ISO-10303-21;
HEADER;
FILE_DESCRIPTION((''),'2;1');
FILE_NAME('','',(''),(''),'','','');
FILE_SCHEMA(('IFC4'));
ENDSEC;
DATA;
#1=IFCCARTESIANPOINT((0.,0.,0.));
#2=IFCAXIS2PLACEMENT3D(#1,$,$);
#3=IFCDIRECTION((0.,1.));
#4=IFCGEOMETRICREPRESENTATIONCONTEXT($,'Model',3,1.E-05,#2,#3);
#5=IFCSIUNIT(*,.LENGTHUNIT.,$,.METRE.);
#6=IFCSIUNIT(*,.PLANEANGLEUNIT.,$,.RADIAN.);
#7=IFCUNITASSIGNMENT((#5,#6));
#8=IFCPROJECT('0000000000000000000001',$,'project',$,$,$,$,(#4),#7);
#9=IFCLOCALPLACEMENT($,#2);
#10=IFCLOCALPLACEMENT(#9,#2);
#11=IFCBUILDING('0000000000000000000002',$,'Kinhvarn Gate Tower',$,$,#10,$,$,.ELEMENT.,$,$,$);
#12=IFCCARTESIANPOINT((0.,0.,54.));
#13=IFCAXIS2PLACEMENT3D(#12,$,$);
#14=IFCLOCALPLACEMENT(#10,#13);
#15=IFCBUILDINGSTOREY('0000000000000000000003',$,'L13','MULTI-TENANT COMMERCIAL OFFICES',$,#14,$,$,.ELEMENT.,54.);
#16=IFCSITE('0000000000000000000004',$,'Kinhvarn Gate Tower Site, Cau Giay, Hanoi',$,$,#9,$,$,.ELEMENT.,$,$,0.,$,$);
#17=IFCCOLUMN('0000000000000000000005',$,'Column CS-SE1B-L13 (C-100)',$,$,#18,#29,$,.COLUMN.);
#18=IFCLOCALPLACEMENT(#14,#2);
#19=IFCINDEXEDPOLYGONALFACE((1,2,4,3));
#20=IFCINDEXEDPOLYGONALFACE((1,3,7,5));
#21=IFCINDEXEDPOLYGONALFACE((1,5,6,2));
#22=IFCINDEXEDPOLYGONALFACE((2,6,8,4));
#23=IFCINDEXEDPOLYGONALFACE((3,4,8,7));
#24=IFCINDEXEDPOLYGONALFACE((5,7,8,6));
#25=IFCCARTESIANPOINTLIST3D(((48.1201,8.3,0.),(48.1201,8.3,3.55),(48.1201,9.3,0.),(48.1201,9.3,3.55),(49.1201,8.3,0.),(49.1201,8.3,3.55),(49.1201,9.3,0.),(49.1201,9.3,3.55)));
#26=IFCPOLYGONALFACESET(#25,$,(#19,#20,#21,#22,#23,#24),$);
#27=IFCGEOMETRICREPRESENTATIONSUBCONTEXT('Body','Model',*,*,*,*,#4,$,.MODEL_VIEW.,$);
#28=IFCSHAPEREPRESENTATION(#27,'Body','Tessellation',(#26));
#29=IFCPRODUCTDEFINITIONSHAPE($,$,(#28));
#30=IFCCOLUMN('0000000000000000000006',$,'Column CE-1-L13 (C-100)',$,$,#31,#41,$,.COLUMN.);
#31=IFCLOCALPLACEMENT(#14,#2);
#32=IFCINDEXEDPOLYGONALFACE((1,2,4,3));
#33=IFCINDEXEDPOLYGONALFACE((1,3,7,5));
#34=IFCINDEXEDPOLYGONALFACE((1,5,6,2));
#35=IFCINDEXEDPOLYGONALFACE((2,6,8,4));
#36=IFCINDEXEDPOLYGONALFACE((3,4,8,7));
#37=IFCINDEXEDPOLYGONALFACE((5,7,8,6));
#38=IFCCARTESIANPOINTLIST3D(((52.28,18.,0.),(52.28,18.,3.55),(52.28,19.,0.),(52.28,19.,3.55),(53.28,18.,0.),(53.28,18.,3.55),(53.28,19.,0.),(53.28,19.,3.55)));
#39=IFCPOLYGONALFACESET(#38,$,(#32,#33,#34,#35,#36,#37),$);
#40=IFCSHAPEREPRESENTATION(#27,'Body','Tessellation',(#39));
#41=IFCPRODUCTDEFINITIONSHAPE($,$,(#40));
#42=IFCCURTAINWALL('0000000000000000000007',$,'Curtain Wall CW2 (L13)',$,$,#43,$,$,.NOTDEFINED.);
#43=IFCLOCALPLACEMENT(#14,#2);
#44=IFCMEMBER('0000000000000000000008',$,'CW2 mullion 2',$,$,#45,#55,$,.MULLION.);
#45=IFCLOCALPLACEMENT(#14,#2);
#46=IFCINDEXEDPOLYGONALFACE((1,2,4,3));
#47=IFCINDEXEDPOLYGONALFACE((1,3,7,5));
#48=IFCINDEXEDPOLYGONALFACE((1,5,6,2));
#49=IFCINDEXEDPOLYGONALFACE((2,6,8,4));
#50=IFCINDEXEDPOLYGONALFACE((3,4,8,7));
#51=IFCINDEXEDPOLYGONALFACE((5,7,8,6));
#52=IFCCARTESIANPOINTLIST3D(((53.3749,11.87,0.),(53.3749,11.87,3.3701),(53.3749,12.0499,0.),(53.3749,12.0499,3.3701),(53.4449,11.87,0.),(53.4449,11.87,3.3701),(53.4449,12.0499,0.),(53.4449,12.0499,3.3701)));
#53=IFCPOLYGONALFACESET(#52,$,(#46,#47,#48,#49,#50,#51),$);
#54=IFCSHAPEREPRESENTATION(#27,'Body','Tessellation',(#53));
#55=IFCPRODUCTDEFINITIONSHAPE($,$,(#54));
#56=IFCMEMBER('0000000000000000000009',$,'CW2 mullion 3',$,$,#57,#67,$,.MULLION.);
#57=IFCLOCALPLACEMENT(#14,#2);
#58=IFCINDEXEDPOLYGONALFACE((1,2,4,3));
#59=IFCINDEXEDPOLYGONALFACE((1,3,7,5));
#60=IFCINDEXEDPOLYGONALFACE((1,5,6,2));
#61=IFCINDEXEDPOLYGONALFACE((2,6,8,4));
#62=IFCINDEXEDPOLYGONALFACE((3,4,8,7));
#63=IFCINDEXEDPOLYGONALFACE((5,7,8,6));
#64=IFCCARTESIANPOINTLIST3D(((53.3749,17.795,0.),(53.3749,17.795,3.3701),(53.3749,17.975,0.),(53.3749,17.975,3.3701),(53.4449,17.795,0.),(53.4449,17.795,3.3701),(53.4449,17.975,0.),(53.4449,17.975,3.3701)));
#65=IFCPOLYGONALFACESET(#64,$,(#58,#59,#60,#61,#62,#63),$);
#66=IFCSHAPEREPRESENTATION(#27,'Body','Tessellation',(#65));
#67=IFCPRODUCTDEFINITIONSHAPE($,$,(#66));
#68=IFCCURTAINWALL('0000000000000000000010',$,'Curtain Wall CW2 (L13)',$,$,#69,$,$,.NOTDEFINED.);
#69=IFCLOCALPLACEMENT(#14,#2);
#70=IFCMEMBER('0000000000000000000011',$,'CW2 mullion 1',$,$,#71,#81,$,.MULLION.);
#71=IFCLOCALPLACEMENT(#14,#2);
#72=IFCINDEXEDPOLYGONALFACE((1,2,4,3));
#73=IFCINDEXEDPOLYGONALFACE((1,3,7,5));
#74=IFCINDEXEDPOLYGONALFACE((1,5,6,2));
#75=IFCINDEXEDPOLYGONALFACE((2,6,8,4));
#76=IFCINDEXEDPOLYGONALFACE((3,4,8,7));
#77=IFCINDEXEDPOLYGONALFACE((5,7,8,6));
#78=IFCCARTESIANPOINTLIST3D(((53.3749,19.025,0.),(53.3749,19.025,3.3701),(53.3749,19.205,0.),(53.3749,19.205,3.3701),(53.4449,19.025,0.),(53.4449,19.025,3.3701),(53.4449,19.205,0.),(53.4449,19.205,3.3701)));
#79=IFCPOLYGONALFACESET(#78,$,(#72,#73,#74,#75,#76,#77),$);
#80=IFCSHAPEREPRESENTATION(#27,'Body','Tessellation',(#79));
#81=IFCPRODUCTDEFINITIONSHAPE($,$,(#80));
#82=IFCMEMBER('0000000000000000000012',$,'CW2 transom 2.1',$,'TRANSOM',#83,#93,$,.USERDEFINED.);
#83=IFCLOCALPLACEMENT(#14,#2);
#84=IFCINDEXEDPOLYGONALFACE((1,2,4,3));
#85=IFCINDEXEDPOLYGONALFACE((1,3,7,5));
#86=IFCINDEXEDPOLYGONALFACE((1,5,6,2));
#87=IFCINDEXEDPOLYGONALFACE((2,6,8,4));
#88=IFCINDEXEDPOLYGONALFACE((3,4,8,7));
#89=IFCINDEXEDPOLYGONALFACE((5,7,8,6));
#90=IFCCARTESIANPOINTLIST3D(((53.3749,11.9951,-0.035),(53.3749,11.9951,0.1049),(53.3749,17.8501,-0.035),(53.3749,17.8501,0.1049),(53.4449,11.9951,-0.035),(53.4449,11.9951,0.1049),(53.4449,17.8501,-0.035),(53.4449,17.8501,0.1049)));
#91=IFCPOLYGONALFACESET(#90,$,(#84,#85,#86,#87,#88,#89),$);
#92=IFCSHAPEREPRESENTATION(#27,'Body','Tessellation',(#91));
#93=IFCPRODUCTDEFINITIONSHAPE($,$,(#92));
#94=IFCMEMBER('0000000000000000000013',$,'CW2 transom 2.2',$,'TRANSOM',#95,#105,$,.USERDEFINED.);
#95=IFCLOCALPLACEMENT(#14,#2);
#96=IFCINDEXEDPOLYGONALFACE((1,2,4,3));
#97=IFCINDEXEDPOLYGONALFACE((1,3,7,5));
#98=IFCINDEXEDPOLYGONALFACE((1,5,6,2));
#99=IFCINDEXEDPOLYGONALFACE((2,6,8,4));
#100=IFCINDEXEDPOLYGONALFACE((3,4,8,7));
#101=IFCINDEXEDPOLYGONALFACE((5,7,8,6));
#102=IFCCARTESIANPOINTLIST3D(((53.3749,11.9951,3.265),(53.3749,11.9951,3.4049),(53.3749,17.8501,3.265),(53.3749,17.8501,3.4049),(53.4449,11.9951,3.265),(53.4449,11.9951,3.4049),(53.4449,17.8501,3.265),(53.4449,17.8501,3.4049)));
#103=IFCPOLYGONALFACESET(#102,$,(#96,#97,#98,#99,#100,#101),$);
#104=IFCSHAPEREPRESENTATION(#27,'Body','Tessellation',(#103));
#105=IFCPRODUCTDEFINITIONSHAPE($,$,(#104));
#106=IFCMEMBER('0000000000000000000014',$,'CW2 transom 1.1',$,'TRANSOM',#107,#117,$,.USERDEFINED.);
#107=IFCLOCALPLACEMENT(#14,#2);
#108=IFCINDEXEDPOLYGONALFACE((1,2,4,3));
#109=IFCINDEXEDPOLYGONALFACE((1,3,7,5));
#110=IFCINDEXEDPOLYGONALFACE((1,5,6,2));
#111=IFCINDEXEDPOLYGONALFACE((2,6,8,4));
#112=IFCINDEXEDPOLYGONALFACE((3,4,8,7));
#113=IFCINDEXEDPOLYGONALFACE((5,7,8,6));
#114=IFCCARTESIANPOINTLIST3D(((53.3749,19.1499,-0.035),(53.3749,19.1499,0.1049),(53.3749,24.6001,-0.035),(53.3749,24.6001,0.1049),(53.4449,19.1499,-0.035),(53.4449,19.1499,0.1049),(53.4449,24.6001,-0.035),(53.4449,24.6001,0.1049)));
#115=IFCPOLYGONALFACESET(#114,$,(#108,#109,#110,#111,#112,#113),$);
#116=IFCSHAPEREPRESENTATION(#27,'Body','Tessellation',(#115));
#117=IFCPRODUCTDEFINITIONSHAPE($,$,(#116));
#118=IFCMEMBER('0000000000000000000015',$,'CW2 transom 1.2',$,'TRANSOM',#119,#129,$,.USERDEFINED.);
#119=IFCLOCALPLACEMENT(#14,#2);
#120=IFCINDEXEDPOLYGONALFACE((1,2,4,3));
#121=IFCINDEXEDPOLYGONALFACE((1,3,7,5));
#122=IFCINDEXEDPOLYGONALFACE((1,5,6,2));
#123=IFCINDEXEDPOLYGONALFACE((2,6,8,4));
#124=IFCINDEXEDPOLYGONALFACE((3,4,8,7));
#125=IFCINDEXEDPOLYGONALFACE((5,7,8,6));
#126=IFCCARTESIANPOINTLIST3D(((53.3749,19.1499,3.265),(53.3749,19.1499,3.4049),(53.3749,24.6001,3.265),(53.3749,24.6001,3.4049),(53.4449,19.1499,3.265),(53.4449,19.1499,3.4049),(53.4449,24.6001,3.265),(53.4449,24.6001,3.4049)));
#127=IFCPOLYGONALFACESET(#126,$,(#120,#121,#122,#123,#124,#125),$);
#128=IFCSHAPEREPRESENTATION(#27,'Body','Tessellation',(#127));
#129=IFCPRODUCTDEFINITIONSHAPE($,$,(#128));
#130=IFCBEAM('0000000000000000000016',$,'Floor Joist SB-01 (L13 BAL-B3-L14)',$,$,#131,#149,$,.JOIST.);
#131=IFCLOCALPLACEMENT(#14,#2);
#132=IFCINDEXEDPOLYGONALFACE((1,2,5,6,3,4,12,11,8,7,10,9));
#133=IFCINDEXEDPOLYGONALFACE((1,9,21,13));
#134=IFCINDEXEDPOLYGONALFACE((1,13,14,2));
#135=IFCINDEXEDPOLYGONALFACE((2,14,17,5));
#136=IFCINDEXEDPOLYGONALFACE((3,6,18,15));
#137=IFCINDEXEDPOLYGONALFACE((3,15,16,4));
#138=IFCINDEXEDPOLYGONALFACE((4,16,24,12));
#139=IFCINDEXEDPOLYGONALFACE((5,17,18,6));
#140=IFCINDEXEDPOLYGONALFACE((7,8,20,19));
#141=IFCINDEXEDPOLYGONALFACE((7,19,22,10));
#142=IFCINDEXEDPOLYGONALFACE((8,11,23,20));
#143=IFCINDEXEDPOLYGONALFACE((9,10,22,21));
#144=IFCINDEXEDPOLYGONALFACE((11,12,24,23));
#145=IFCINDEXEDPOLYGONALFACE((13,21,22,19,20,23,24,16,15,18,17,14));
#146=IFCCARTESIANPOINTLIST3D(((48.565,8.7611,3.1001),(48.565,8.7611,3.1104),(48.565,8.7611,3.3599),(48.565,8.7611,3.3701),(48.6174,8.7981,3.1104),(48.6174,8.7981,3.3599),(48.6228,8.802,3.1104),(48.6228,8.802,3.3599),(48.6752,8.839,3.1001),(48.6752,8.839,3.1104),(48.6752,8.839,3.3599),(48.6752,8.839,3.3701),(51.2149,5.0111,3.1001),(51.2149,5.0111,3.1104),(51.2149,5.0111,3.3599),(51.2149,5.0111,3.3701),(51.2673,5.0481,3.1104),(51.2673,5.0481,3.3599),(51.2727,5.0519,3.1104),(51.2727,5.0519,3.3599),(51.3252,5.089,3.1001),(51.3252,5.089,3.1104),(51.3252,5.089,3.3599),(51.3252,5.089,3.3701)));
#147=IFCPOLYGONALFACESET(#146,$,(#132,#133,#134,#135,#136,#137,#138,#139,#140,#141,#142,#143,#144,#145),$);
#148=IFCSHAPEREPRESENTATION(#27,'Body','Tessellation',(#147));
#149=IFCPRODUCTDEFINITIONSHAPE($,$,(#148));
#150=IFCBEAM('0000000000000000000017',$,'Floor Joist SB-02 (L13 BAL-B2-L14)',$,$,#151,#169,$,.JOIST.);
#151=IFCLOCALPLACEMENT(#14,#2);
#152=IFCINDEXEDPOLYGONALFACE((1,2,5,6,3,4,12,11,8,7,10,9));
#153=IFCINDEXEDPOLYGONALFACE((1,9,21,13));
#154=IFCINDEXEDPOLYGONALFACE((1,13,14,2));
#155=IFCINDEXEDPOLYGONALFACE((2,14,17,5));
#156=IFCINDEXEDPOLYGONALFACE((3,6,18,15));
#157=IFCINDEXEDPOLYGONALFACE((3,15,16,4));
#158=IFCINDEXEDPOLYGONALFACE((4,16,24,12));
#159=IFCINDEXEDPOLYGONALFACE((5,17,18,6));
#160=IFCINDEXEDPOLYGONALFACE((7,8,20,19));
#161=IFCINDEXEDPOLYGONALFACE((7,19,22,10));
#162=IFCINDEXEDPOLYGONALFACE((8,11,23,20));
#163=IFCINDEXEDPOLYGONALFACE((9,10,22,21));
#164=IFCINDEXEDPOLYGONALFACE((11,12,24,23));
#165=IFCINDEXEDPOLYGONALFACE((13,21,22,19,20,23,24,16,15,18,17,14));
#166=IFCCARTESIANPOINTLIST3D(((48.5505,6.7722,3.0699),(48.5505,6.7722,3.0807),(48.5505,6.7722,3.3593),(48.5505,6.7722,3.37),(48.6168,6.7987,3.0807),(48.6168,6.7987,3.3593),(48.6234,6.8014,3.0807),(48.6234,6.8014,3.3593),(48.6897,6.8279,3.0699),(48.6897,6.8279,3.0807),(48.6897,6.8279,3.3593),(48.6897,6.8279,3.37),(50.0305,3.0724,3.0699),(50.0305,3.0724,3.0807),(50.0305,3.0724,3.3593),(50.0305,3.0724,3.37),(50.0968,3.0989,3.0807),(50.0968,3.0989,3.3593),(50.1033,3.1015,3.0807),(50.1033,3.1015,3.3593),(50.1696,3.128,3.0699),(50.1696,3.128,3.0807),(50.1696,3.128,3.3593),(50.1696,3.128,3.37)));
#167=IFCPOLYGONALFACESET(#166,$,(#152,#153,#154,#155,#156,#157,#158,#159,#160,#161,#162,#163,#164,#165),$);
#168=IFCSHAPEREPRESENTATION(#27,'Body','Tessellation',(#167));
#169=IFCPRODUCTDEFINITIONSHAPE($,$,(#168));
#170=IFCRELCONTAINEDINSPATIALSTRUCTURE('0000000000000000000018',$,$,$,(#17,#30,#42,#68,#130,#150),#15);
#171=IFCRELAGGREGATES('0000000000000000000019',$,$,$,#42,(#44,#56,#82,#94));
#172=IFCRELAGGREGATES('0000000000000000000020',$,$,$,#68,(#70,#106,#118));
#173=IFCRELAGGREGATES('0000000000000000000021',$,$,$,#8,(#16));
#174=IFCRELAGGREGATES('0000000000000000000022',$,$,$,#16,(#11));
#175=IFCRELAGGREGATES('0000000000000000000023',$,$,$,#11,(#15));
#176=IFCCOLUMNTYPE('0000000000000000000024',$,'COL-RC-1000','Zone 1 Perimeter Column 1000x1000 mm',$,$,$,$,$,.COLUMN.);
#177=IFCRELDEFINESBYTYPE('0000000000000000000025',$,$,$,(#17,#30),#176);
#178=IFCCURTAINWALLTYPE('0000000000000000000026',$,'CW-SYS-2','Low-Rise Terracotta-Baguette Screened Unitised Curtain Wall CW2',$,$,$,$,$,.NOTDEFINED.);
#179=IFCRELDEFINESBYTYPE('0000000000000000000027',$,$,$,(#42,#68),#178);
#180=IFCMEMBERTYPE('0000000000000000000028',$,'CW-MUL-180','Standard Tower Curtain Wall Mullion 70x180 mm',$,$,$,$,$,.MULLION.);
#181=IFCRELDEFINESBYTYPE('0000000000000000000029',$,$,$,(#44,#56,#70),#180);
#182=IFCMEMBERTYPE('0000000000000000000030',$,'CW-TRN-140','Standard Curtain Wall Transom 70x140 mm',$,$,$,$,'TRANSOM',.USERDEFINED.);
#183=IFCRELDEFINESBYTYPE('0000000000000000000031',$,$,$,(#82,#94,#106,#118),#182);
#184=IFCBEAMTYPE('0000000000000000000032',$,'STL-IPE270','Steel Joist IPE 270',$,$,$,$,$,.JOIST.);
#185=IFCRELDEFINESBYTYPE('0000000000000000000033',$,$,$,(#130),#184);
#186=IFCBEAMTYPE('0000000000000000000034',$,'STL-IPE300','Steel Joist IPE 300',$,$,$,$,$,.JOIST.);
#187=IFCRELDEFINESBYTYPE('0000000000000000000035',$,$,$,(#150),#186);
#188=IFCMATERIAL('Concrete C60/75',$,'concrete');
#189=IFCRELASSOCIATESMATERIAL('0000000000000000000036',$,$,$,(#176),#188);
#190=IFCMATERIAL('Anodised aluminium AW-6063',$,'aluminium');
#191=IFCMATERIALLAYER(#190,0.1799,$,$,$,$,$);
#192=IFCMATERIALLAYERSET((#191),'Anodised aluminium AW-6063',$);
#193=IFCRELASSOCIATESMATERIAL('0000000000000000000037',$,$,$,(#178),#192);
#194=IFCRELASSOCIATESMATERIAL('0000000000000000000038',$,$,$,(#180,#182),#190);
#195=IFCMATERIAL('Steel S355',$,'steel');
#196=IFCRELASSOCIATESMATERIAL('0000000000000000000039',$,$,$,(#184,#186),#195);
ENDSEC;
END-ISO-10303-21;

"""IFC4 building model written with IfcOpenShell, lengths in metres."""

from ifc_helpers import new_model, si_unit, direction, frame, origin, origin_2d, place, context, subcontext, project, spatial, rectangle, i_section, extrude, material, layer, layer_set, material_profile, profile_set, type_object, element, aggregate, save


model = new_model("IFC4")

# Units and contexts
model_context = context("Model", 3, precision=1e-05, world=origin(), true_north=direction((0.0, 1.0)))
body_context = subcontext(model_context, "Body", "Model", "MODEL_VIEW")
ifc_project = project(units=[si_unit("LENGTHUNIT", "METRE"), si_unit("PLANEANGLEUNIT", "RADIAN")], contexts=[model_context])

# Site, building, storey
site_placement = place(None, origin())
site = spatial("IfcSite", under=ifc_project, at=site_placement, Name="Kinhvarn Gate Tower Site, Cau Giay, Hanoi", CompositionType="ELEMENT", RefElevation=0.0)
building_placement = place(site_placement, origin())
building = spatial("IfcBuilding", under=site, at=building_placement, Name="Kinhvarn Gate Tower", CompositionType="ELEMENT")
storey_placement = place(building_placement, frame((0.0, 0.0, 54.0)))
storey = spatial("IfcBuildingStorey", under=building, at=storey_placement, Name="L13", Description="MULTI-TENANT COMMERCIAL OFFICES", CompositionType="ELEMENT", Elevation=54.0)

# Columns
ifc_material_1 = material(Name="Concrete C60/75", Category="concrete")
ifc_material_profile_1 = material_profile(ifc_material_1, rectangle(XDim=1.0, YDim=1.0, at=origin_2d()), Name="RC 1000x1000")
ifc_profile_set_1 = profile_set([ifc_material_profile_1], Name="Concrete C60/75")
column_type = type_object("IfcColumnType", Name="COL-RC-1000", Description="Zone 1 Perimeter Column 1000x1000 mm", PredefinedType="COLUMN", material=ifc_profile_set_1)
for number, where, z_axis, x_axis, name in (
    (1, (48.6201, 8.8, 0.0), (0.0, 0.0, 1.0), (1.0, 0.0, 0.0), "Column CS-SE1B-L13 (C-100)"),
    (2, (52.78, 18.5, 0.0), (0.0, 0.0, 1.0), (1.0, 0.0, 0.0), "Column CE-1-L13 (C-100)"),
):
    element("IfcColumn", number, at=place(storey_placement, frame(where, z_axis=z_axis, x_axis=x_axis)), inside=storey, type_object=column_type, Name=name, PredefinedType="COLUMN", context=body_context, shape_type="SweptSolid", body=[
        extrude(rectangle(XDim=1.0, YDim=1.0, at=origin_2d()), origin(), (0.0, 0.0, 1.0), 3.55),
    ])

# Curtain wall, members
ifc_material_2 = material(Name="Anodised aluminium AW-6063", Category="aluminium")
ifc_layer_1 = layer(ifc_material_2, 0.1799)
ifc_layer_set_1 = layer_set([ifc_layer_1], Name="Anodised aluminium AW-6063")
curtain_wall_type = type_object("IfcCurtainWallType", Name="CW-SYS-2", Description="Low-Rise Terracotta-Baguette Screened Unitised Curtain Wall CW2", PredefinedType="NOTDEFINED", material=ifc_layer_set_1)
curtain_wall_1_placement = place(storey_placement, origin())
curtain_wall_1 = element("IfcCurtainWall", 3, at=curtain_wall_1_placement, inside=storey, type_object=curtain_wall_type, Name="Curtain Wall CW2 (L13)", PredefinedType="NOTDEFINED")
ifc_material_profile_2 = material_profile(ifc_material_2, rectangle(XDim=0.0701, YDim=0.1799, at=origin_2d()), Name="ALU 70x180")
ifc_profile_set_2 = profile_set([ifc_material_profile_2], Name="Anodised aluminium AW-6063")
member_type_1 = type_object("IfcMemberType", Name="CW-MUL-180", Description="Standard Tower Curtain Wall Mullion 70x180 mm", PredefinedType="MULLION", material=ifc_profile_set_2)
member_1_placement = place(storey_placement, frame((53.4099, 11.96, 0.0), z_axis=(0.0, 0.0, 1.0), x_axis=(-1.0, 0.0, 0.0)))
member_1 = element("IfcMember", 4, at=member_1_placement, type_object=member_type_1, Name="CW2 mullion 2", PredefinedType="MULLION", context=body_context, shape_type="SweptSolid", body=[
    extrude(rectangle(XDim=0.0701, YDim=0.1799, at=origin_2d()), origin(), (0.0, 0.0, 1.0), 3.3701),
])
member_2_placement = place(storey_placement, frame((53.4099, 17.885, 0.0), z_axis=(0.0, 0.0, 1.0), x_axis=(-1.0, 0.0, 0.0)))
member_2 = element("IfcMember", 5, at=member_2_placement, type_object=member_type_1, Name="CW2 mullion 3", PredefinedType="MULLION", context=body_context, shape_type="SweptSolid", body=[
    extrude(rectangle(XDim=0.0701, YDim=0.1799, at=origin_2d()), origin(), (0.0, 0.0, 1.0), 3.3701),
])

# Curtain wall, member
curtain_wall_2_placement = place(storey_placement, origin())
curtain_wall_2 = element("IfcCurtainWall", 6, at=curtain_wall_2_placement, inside=storey, type_object=curtain_wall_type, Name="Curtain Wall CW2 (L13)", PredefinedType="NOTDEFINED")
member_3_placement = place(storey_placement, frame((53.4099, 19.115, 0.0), z_axis=(0.0, 0.0, 1.0), x_axis=(-1.0, 0.0, 0.0)))
member_3 = element("IfcMember", 7, at=member_3_placement, type_object=member_type_1, Name="CW2 mullion 1", PredefinedType="MULLION", context=body_context, shape_type="SweptSolid", body=[
    extrude(rectangle(XDim=0.0701, YDim=0.1799, at=origin_2d()), origin(), (0.0, 0.0, 1.0), 3.3701),
])

# Members
ifc_material_profile_3 = material_profile(ifc_material_2, rectangle(XDim=0.0701, YDim=0.1399, at=origin_2d()), Name="ALU 70x140")
ifc_profile_set_3 = profile_set([ifc_material_profile_3], Name="Anodised aluminium AW-6063")
member_type_2 = type_object("IfcMemberType", Name="CW-TRN-140", Description="Standard Curtain Wall Transom 70x140 mm", ElementType="TRANSOM", PredefinedType="USERDEFINED", material=ifc_profile_set_3)
member_4_placement = place(storey_placement, frame((53.4099, 11.9951, 0.0349), z_axis=(0.0, 1.0, 0.0), x_axis=(-1.0, 0.0, 0.0)))
member_4 = element("IfcMember", 8, at=member_4_placement, type_object=member_type_2, Name="CW2 transom 2.1", ObjectType="TRANSOM", PredefinedType="USERDEFINED", context=body_context, shape_type="SweptSolid", body=[
    extrude(rectangle(XDim=0.0701, YDim=0.1399, at=origin_2d()), origin(), (0.0, 0.0, 1.0), 5.855),
])
member_5_placement = place(storey_placement, frame((53.4099, 11.9951, 3.335), z_axis=(0.0, 1.0, 0.0), x_axis=(-1.0, 0.0, 0.0)))
member_5 = element("IfcMember", 9, at=member_5_placement, type_object=member_type_2, Name="CW2 transom 2.2", ObjectType="TRANSOM", PredefinedType="USERDEFINED", context=body_context, shape_type="SweptSolid", body=[
    extrude(rectangle(XDim=0.0701, YDim=0.1399, at=origin_2d()), origin(), (0.0, 0.0, 1.0), 5.855),
])
member_6_placement = place(storey_placement, frame((53.4099, 19.1499, 0.0349), z_axis=(0.0, 1.0, 0.0), x_axis=(-1.0, 0.0, 0.0)))
member_6 = element("IfcMember", 10, at=member_6_placement, type_object=member_type_2, Name="CW2 transom 1.1", ObjectType="TRANSOM", PredefinedType="USERDEFINED", context=body_context, shape_type="SweptSolid", body=[
    extrude(rectangle(XDim=0.0701, YDim=0.1399, at=origin_2d()), origin(), (0.0, 0.0, 1.0), 5.4502),
])
member_7_placement = place(storey_placement, frame((53.4099, 19.1499, 3.335), z_axis=(0.0, 1.0, 0.0), x_axis=(-1.0, 0.0, 0.0)))
member_7 = element("IfcMember", 11, at=member_7_placement, type_object=member_type_2, Name="CW2 transom 1.2", ObjectType="TRANSOM", PredefinedType="USERDEFINED", context=body_context, shape_type="SweptSolid", body=[
    extrude(rectangle(XDim=0.0701, YDim=0.1399, at=origin_2d()), origin(), (0.0, 0.0, 1.0), 5.4502),
])

# Beams
ifc_material_3 = material(Name="Steel S355", Category="steel")
ifc_material_profile_4 = material_profile(ifc_material_3, i_section(OverallWidth=0.135, OverallDepth=0.27, WebThickness=0.0066, FlangeThickness=0.0103, at=origin_2d()), Name="IPE 270")
ifc_profile_set_4 = profile_set([ifc_material_profile_4], Name="Steel S355")
beam_type_1 = type_object("IfcBeamType", Name="STL-IPE270", Description="Steel Joist IPE 270", PredefinedType="JOIST", material=ifc_profile_set_4)
beam_1_placement = place(storey_placement, frame((48.6201, 8.8, 3.2351), z_axis=(0.577096, -0.816676, 0.0), x_axis=(0.816676, 0.577096, 0.0)))
element("IfcBeam", 12, at=beam_1_placement, inside=storey, type_object=beam_type_1, Name="Floor Joist SB-01 (L13 BAL-B3-L14)", PredefinedType="JOIST", context=body_context, shape_type="SweptSolid", body=[
    extrude(i_section(OverallWidth=0.135, OverallDepth=0.27, WebThickness=0.0066, FlangeThickness=0.0103, at=origin_2d()), origin(), (0.0, 0.0, 1.0), 4.5918),
])
ifc_material_profile_5 = material_profile(ifc_material_3, i_section(OverallWidth=0.1499, OverallDepth=0.3, WebThickness=0.0071, FlangeThickness=0.0107, at=origin_2d()), Name="IPE 300")
ifc_profile_set_5 = profile_set([ifc_material_profile_5], Name="Steel S355")
beam_type_2 = type_object("IfcBeamType", Name="STL-IPE300", Description="Steel Joist IPE 300", PredefinedType="JOIST", material=ifc_profile_set_5)
beam_2_placement = place(storey_placement, frame((48.6201, 6.8, 3.22), z_axis=(0.371391, -0.928477, 0.0), x_axis=(0.928477, 0.371391, 0.0)))
element("IfcBeam", 13, at=beam_2_placement, inside=storey, type_object=beam_type_2, Name="Floor Joist SB-02 (L13 BAL-B2-L14)", PredefinedType="JOIST", context=body_context, shape_type="SweptSolid", body=[
    extrude(i_section(OverallWidth=0.1499, OverallDepth=0.3, WebThickness=0.0071, FlangeThickness=0.0107, at=origin_2d()), origin(), (0.0, 0.0, 1.0), 3.9849),
])

aggregate(curtain_wall_1, [member_1, member_2, member_4, member_5])
aggregate(curtain_wall_2, [member_3, member_6, member_7])

save(model, "model.ifc")
